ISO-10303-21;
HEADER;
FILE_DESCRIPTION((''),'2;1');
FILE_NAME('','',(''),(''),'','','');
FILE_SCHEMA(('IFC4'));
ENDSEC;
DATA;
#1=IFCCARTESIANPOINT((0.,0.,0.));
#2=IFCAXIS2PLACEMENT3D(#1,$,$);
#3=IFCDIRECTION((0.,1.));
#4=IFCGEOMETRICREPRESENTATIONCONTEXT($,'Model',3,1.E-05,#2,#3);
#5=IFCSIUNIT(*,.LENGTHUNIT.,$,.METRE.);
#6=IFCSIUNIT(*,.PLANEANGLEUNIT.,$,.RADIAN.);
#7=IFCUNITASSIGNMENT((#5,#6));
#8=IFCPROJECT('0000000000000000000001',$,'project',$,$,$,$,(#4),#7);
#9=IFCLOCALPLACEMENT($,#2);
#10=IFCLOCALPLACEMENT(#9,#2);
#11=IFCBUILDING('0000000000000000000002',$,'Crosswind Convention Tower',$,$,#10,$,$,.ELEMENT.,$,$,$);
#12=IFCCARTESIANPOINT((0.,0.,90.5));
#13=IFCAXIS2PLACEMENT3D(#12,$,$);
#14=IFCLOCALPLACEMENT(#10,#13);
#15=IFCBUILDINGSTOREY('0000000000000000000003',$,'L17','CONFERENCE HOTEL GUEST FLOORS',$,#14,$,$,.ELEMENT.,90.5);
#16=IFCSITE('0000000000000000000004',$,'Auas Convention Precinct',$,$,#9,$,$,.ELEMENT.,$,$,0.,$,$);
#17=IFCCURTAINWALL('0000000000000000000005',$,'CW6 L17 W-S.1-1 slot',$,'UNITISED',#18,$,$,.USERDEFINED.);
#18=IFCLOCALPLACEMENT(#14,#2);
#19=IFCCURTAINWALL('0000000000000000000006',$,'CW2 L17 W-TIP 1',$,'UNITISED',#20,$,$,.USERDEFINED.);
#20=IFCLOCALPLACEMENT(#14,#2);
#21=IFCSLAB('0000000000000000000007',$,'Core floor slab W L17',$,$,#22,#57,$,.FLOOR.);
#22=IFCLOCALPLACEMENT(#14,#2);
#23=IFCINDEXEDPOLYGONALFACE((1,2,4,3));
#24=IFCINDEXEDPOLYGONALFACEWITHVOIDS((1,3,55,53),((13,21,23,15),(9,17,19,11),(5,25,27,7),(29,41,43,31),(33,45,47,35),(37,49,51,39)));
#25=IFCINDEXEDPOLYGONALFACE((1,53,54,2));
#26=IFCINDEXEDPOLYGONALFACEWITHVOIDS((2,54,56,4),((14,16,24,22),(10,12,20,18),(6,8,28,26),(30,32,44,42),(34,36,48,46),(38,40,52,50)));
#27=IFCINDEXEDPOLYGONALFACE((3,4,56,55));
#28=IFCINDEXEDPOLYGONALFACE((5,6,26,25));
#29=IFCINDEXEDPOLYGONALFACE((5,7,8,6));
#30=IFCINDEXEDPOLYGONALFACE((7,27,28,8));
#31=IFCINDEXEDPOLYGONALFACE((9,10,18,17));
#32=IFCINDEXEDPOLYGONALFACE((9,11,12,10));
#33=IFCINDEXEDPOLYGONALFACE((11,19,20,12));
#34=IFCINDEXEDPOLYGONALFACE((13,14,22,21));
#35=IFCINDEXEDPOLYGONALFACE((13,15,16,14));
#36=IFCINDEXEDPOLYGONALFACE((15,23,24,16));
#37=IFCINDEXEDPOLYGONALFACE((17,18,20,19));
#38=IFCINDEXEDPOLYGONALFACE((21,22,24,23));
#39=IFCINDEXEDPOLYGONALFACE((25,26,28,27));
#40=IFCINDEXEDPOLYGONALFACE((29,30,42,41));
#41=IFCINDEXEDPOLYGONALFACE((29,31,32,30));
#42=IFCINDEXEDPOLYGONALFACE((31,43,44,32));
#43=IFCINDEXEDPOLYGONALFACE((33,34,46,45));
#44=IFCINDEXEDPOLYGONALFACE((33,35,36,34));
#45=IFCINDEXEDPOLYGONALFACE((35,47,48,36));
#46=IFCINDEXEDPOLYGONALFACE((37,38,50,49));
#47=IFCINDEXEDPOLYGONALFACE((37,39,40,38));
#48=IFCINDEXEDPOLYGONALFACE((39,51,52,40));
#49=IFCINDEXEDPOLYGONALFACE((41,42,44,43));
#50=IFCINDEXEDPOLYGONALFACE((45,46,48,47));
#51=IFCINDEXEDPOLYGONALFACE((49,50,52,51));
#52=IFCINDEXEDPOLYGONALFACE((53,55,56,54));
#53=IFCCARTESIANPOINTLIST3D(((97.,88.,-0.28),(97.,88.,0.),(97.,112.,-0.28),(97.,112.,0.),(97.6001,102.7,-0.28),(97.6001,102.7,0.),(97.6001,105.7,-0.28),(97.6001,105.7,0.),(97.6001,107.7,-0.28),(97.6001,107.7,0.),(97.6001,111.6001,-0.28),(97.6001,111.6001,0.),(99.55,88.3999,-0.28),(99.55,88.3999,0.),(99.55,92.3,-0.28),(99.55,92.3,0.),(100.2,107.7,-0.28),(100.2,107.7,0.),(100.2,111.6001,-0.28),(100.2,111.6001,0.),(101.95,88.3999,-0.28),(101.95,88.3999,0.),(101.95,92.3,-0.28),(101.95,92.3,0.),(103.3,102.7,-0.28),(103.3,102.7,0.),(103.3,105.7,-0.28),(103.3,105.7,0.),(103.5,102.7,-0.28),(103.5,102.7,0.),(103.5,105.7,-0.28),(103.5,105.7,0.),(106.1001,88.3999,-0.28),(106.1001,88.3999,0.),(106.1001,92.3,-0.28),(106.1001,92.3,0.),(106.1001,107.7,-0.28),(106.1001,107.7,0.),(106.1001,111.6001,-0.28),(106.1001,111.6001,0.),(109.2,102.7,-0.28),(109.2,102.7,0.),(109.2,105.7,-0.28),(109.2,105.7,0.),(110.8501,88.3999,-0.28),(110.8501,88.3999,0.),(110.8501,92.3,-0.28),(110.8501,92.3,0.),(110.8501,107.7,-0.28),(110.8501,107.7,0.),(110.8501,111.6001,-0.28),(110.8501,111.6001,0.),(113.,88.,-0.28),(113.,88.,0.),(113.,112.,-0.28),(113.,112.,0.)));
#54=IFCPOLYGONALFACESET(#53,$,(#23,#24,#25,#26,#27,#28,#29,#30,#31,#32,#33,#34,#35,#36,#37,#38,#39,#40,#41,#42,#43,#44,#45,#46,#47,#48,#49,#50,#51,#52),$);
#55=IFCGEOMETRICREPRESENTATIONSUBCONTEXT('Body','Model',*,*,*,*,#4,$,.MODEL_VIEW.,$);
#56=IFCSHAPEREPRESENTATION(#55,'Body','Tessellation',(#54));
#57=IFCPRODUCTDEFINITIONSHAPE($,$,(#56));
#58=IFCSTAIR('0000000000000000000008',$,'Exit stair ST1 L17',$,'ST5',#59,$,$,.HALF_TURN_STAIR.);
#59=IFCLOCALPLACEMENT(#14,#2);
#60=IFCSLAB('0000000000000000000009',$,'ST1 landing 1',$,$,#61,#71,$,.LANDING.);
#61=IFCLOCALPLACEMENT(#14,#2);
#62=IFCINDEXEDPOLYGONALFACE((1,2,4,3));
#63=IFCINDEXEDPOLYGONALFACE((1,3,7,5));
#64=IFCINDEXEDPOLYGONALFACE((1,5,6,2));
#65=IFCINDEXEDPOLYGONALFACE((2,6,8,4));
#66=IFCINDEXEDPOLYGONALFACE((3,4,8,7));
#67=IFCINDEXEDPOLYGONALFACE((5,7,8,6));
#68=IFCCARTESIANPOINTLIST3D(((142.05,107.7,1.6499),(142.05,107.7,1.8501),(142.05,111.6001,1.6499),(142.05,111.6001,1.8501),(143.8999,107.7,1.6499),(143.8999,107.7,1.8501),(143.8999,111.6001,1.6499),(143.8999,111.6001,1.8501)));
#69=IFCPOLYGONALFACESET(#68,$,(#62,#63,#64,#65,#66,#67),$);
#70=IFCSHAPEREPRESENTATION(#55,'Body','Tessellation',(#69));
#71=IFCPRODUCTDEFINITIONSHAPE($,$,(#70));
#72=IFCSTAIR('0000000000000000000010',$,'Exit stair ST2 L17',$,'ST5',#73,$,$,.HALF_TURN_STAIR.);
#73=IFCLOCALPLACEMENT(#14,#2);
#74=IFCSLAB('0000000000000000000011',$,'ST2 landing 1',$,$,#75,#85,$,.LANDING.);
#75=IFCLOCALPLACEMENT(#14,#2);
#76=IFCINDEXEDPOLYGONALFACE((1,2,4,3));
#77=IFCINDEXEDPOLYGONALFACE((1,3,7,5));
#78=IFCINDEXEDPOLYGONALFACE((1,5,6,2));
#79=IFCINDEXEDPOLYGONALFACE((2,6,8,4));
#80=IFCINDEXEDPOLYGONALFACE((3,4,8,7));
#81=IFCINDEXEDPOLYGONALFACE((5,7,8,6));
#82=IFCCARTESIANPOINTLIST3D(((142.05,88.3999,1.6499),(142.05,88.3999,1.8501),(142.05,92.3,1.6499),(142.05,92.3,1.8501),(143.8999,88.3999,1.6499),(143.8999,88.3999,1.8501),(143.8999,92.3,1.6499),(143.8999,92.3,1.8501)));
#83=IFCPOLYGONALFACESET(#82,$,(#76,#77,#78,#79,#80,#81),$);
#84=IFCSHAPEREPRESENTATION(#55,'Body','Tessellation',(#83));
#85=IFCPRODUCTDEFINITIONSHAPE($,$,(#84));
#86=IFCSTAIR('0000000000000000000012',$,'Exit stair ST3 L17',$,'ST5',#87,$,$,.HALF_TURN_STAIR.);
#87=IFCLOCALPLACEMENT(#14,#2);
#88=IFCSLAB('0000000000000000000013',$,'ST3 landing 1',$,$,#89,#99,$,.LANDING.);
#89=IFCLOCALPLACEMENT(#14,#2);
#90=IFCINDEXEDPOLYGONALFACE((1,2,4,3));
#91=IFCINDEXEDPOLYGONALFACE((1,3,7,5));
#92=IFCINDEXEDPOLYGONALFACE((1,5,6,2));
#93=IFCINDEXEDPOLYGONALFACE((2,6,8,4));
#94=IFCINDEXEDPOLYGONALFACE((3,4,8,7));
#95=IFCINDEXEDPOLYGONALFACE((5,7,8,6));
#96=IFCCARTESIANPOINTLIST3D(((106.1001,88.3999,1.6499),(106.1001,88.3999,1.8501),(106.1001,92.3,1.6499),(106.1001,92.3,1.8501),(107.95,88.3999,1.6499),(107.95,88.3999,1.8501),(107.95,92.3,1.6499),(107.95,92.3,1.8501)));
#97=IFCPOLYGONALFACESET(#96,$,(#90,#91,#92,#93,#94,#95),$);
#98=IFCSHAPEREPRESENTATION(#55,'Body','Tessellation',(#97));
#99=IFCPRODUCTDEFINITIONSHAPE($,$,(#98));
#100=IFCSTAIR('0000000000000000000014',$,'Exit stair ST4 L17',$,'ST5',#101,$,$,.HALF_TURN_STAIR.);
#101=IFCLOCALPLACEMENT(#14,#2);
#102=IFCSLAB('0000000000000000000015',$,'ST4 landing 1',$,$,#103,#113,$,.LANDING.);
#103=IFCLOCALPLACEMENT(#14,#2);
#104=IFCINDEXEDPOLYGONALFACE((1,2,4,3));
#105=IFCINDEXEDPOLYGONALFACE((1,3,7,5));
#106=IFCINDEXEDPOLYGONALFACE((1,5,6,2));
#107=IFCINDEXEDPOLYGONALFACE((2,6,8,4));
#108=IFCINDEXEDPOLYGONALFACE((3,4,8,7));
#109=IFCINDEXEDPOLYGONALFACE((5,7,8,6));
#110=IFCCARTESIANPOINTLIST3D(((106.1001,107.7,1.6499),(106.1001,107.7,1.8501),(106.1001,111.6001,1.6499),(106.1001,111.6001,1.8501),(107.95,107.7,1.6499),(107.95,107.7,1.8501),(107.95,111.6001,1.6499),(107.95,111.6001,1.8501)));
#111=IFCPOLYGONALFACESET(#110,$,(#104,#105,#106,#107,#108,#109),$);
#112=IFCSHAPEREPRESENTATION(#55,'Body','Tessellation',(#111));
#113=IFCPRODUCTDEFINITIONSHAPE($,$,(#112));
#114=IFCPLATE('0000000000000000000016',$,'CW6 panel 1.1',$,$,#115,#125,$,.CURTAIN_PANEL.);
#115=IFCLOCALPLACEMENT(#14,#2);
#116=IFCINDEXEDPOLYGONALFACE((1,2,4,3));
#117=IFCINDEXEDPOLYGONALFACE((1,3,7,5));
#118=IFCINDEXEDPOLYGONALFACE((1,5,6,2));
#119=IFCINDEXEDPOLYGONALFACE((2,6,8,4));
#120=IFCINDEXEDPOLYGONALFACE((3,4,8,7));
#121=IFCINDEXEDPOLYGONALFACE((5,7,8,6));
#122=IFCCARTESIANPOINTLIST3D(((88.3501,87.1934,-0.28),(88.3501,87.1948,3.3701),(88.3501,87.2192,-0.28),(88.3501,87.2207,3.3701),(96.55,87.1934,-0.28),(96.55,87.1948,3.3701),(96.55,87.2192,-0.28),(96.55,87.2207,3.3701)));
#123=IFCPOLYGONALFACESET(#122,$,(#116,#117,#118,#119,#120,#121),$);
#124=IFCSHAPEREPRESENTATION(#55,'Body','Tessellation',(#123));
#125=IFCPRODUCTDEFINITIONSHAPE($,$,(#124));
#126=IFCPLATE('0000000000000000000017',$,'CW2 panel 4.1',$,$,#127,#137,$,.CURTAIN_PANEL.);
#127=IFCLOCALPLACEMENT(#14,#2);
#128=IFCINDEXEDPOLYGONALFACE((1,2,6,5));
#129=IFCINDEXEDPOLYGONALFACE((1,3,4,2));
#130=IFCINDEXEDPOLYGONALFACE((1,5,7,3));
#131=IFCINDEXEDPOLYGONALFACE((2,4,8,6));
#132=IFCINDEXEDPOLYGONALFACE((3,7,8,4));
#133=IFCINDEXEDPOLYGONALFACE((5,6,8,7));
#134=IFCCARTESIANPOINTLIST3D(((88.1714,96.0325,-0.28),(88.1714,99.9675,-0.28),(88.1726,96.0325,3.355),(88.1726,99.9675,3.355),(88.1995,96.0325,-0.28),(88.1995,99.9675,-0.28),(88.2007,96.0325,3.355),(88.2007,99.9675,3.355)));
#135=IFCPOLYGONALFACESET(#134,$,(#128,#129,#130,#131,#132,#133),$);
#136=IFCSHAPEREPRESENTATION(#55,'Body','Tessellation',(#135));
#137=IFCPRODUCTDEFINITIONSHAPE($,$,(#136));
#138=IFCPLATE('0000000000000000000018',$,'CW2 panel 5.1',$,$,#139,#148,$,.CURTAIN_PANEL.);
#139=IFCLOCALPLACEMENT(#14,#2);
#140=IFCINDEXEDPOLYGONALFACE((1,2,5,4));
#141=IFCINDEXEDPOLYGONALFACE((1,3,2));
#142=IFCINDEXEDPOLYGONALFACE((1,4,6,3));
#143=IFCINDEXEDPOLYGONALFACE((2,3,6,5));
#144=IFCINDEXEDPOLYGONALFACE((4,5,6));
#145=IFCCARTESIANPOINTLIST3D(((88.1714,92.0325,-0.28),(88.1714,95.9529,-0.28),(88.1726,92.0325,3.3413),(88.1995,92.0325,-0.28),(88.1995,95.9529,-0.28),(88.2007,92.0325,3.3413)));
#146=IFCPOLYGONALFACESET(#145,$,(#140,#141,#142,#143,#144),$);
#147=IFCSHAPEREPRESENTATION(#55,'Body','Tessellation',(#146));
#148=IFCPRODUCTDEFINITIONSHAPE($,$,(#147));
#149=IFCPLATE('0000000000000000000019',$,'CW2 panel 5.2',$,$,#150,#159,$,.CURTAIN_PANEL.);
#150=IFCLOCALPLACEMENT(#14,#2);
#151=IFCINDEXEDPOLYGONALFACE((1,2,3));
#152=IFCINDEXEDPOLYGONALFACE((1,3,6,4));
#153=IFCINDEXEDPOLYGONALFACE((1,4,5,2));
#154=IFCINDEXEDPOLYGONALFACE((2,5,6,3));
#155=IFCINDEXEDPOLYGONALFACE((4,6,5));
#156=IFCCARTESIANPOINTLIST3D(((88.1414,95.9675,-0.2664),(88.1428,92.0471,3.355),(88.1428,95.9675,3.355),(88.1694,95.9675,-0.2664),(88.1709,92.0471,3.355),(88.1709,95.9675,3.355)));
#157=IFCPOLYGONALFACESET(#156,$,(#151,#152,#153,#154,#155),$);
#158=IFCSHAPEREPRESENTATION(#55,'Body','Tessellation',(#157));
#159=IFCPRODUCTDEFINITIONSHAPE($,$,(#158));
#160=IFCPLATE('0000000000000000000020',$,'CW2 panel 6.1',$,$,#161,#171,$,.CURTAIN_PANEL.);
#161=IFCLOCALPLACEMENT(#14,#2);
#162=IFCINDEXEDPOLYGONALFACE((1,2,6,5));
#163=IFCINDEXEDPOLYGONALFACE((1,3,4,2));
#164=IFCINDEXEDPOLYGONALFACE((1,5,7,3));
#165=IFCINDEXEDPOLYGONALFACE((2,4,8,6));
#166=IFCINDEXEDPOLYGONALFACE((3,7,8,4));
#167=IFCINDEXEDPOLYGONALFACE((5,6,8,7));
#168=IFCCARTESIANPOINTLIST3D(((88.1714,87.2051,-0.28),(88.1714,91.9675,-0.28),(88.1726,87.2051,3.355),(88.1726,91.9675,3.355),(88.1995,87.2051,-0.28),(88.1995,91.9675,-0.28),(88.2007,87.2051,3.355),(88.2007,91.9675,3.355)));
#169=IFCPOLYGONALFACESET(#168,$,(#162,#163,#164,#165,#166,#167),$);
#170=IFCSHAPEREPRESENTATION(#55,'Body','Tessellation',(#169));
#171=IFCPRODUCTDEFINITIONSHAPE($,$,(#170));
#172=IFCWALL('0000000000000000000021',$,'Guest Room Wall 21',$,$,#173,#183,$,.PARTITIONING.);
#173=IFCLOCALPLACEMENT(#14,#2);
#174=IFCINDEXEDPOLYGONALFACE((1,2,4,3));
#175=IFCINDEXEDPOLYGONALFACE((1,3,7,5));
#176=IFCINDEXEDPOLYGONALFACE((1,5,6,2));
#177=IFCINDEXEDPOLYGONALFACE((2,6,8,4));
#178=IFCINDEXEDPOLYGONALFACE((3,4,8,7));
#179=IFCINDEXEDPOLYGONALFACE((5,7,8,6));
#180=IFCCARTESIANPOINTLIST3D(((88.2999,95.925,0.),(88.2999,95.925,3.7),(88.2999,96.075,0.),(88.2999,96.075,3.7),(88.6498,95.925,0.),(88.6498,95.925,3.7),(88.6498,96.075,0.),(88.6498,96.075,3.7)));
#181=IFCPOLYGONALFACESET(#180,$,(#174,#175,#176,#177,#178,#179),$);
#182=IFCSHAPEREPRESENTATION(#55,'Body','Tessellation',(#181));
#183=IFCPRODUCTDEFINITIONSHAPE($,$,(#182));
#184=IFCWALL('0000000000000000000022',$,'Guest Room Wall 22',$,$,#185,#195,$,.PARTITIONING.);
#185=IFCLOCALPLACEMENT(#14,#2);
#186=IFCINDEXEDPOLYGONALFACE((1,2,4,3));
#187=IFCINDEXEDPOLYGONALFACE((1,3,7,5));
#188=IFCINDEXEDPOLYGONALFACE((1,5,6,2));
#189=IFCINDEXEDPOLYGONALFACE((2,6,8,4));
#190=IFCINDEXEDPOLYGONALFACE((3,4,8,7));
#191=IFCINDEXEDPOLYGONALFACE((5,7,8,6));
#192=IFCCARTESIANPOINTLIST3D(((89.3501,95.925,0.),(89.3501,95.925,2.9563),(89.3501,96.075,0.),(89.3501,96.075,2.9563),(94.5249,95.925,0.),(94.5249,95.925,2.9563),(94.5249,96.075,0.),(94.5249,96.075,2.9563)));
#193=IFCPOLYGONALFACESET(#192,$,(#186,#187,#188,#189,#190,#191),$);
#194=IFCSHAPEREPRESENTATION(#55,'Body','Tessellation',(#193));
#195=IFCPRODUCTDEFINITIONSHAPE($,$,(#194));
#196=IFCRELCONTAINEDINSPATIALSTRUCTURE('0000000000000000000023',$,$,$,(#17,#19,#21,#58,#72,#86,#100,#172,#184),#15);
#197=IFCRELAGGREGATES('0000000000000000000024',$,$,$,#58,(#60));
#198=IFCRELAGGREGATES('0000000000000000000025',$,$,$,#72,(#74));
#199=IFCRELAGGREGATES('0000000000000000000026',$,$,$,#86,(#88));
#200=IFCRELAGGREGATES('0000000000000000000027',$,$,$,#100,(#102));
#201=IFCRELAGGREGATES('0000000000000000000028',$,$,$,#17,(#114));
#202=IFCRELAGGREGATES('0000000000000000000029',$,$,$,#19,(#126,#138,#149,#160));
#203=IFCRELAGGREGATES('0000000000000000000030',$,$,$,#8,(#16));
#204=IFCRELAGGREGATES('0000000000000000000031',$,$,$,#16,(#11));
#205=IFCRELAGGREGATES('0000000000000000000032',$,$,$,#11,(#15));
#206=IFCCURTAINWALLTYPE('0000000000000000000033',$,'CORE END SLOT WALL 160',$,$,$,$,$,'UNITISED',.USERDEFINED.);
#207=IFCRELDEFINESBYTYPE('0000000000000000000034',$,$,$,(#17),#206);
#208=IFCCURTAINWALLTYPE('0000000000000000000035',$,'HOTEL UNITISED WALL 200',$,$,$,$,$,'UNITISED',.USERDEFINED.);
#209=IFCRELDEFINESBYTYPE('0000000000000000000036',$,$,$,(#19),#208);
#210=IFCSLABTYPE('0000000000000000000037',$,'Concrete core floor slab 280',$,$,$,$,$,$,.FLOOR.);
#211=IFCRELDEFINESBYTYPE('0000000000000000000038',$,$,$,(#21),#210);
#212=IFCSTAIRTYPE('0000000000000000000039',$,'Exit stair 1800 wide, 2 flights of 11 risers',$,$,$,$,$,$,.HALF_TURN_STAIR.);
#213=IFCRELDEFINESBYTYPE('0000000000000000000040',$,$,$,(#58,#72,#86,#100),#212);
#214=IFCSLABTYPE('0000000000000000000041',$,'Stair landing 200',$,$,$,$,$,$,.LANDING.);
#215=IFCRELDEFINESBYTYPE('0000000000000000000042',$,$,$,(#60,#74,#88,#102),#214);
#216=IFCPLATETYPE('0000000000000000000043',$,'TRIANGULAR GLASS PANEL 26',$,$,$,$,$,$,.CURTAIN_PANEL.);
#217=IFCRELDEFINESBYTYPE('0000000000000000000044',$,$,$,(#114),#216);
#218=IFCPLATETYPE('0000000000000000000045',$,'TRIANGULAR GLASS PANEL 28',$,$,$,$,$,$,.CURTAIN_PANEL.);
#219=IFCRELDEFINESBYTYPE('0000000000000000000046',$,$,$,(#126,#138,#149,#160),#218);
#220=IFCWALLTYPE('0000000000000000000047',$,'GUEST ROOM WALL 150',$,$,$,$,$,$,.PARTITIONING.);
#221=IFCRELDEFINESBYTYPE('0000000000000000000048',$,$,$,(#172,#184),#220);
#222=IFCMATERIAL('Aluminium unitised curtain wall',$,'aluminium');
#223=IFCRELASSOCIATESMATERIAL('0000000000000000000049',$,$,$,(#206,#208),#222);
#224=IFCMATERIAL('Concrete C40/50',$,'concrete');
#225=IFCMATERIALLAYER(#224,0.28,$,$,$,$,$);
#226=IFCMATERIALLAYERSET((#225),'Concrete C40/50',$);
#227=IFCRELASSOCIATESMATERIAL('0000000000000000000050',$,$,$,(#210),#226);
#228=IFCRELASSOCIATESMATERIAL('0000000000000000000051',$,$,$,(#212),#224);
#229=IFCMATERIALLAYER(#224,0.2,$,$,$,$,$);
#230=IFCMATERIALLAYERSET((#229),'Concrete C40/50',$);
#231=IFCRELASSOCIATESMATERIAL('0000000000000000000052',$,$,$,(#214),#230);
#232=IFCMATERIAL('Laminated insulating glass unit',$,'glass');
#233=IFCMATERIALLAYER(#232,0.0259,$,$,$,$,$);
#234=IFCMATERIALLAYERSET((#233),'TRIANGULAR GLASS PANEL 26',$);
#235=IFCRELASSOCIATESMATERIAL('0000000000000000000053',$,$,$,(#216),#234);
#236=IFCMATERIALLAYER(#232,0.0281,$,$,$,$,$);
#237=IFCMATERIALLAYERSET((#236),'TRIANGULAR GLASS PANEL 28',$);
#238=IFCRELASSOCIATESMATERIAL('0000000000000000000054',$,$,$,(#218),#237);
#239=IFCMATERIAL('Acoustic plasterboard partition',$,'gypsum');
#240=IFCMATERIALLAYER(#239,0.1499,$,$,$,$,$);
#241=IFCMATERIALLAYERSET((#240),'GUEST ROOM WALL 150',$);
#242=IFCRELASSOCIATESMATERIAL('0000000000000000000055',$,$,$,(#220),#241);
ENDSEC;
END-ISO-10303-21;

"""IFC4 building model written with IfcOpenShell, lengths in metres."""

from ifc_helpers import new_model, si_unit, direction, frame, frame_2d, origin, place, context, subcontext, project, spatial, polyline, rectangle, outline, extrude, material, layer, layer_set, type_object, element, aggregate, save


model = new_model("IFC4")

# Units and contexts
model_context = context("Model", 3, precision=1e-05, world=origin(), true_north=direction((0.0, 1.0)))
body_context = subcontext(model_context, "Body", "Model", "MODEL_VIEW")
ifc_project = project(units=[si_unit("LENGTHUNIT", "METRE"), si_unit("PLANEANGLEUNIT", "RADIAN")], contexts=[model_context])

# Site, building, storey
site_placement = place(None, origin())
site = spatial("IfcSite", under=ifc_project, at=site_placement, Name="Auas Convention Precinct", CompositionType="ELEMENT", RefElevation=0.0)
building_placement = place(site_placement, origin())
building = spatial("IfcBuilding", under=site, at=building_placement, Name="Crosswind Convention Tower", CompositionType="ELEMENT")
storey_placement = place(building_placement, frame((0.0, 0.0, 90.5)))
storey = spatial("IfcBuildingStorey", under=building, at=storey_placement, Name="L17", Description="CONFERENCE HOTEL GUEST FLOORS", CompositionType="ELEMENT", Elevation=90.5)

# Curtain wall
ifc_material_1 = material(Name="Aluminium unitised curtain wall", Category="aluminium")
curtain_wall_type_1 = type_object("IfcCurtainWallType", Name="CORE END SLOT WALL 160", ElementType="UNITISED", PredefinedType="USERDEFINED", material=ifc_material_1)
curtain_wall_1_placement = place(storey_placement, origin())
curtain_wall_1 = element("IfcCurtainWall", 1, at=curtain_wall_1_placement, inside=storey, type_object=curtain_wall_type_1, Name="CW6 L17 W-S.1-1 slot", ObjectType="UNITISED", PredefinedType="USERDEFINED")

# Curtain wall
curtain_wall_type_2 = type_object("IfcCurtainWallType", Name="HOTEL UNITISED WALL 200", ElementType="UNITISED", PredefinedType="USERDEFINED", material=ifc_material_1)
curtain_wall_2_placement = place(storey_placement, origin())
curtain_wall_2 = element("IfcCurtainWall", 2, at=curtain_wall_2_placement, inside=storey, type_object=curtain_wall_type_2, Name="CW2 L17 W-TIP 1", ObjectType="UNITISED", PredefinedType="USERDEFINED")

# Slab
ifc_material_2 = material(Name="Concrete C40/50", Category="concrete")
ifc_layer_1 = layer(ifc_material_2, 0.28)
ifc_layer_set_1 = layer_set([ifc_layer_1], Name="Concrete C40/50")
slab_type_1 = type_object("IfcSlabType", Name="Concrete core floor slab 280", PredefinedType="FLOOR", material=ifc_layer_set_1)
slab_1_placement = place(storey_placement, frame((0.0, 0.0, -0.28)))
element("IfcSlab", 3, at=slab_1_placement, inside=storey, type_object=slab_type_1, Name="Core floor slab W L17", PredefinedType="FLOOR", context=body_context, shape_type="SweptSolid", body=[
    extrude(outline(polyline([(97.0, 88.0), (113.0, 88.0), (113.0, 112.0), (97.0, 112.0), (97.0, 88.0)]), holes=[polyline([(109.2, 102.7), (109.2, 105.7), (103.5, 105.7), (103.5, 102.7), (109.2, 102.7)]), polyline([(103.3, 102.7), (103.3, 105.7), (97.6001, 105.7), (97.6001, 102.7), (103.3, 102.7)]), polyline([(101.95, 88.3999), (101.95, 92.3), (99.55, 92.3), (99.55, 88.3999), (101.95, 88.3999)]), polyline([(100.2, 107.7), (100.2, 111.6001), (97.6001, 111.6001), (97.6001, 107.7), (100.2, 107.7)]), polyline([(110.8501, 88.3999), (110.8501, 92.3), (106.1001, 92.3), (106.1001, 88.3999), (110.8501, 88.3999)]), polyline([(110.8501, 107.7), (110.8501, 111.6001), (106.1001, 111.6001), (106.1001, 107.7), (110.8501, 107.7)])]), origin(), (0.0, 0.0, 1.0), 0.28),
])

# Stairs, slabs
stair_type = type_object("IfcStairType", Name="Exit stair 1800 wide, 2 flights of 11 risers", PredefinedType="HALF_TURN_STAIR", material=ifc_material_2)
stair_1_placement = place(storey_placement, origin())
stair_1 = element("IfcStair", 4, at=stair_1_placement, inside=storey, type_object=stair_type, Name="Exit stair ST1 L17", ObjectType="ST5", PredefinedType="HALF_TURN_STAIR")
ifc_layer_2 = layer(ifc_material_2, 0.2)
ifc_layer_set_2 = layer_set([ifc_layer_2], Name="Concrete C40/50")
slab_type_2 = type_object("IfcSlabType", Name="Stair landing 200", PredefinedType="LANDING", material=ifc_layer_set_2)
slab_2_placement = place(storey_placement, frame((0.0, 0.0, 1.6499)))
slab_2 = element("IfcSlab", 5, at=slab_2_placement, type_object=slab_type_2, Name="ST1 landing 1", PredefinedType="LANDING", context=body_context, shape_type="SweptSolid", body=[
    extrude(outline(polyline([(143.8999, 107.7), (143.8999, 111.6001), (142.05, 111.6001), (142.05, 107.7), (143.8999, 107.7)])), origin(), (0.0, 0.0, 1.0), 0.2002),
])
aggregate(stair_1, [slab_2])
stair_2_placement = place(storey_placement, origin())
stair_2 = element("IfcStair", 6, at=stair_2_placement, inside=storey, type_object=stair_type, Name="Exit stair ST2 L17", ObjectType="ST5", PredefinedType="HALF_TURN_STAIR")
slab_3_placement = place(storey_placement, frame((0.0, 0.0, 1.6499)))
slab_3 = element("IfcSlab", 7, at=slab_3_placement, type_object=slab_type_2, Name="ST2 landing 1", PredefinedType="LANDING", context=body_context, shape_type="SweptSolid", body=[
    extrude(outline(polyline([(143.8999, 88.3999), (143.8999, 92.3), (142.05, 92.3), (142.05, 88.3999), (143.8999, 88.3999)])), origin(), (0.0, 0.0, 1.0), 0.2002),
])
aggregate(stair_2, [slab_3])
stair_3_placement = place(storey_placement, origin())
stair_3 = element("IfcStair", 8, at=stair_3_placement, inside=storey, type_object=stair_type, Name="Exit stair ST3 L17", ObjectType="ST5", PredefinedType="HALF_TURN_STAIR")
slab_4_placement = place(storey_placement, frame((0.0, 0.0, 1.6499)))
slab_4 = element("IfcSlab", 9, at=slab_4_placement, type_object=slab_type_2, Name="ST3 landing 1", PredefinedType="LANDING", context=body_context, shape_type="SweptSolid", body=[
    extrude(outline(polyline([(107.95, 88.3999), (107.95, 92.3), (106.1001, 92.3), (106.1001, 88.3999), (107.95, 88.3999)])), origin(), (0.0, 0.0, 1.0), 0.2002),
])
aggregate(stair_3, [slab_4])
stair_4_placement = place(storey_placement, origin())
stair_4 = element("IfcStair", 10, at=stair_4_placement, inside=storey, type_object=stair_type, Name="Exit stair ST4 L17", ObjectType="ST5", PredefinedType="HALF_TURN_STAIR")
slab_5_placement = place(storey_placement, frame((0.0, 0.0, 1.6499)))
slab_5 = element("IfcSlab", 11, at=slab_5_placement, type_object=slab_type_2, Name="ST4 landing 1", PredefinedType="LANDING", context=body_context, shape_type="SweptSolid", body=[
    extrude(outline(polyline([(107.95, 107.7), (107.95, 111.6001), (106.1001, 111.6001), (106.1001, 107.7), (107.95, 107.7)])), origin(), (0.0, 0.0, 1.0), 0.2002),
])
aggregate(stair_4, [slab_5])

# Plates
ifc_material_3 = material(Name="Laminated insulating glass unit", Category="glass")
ifc_layer_3 = layer(ifc_material_3, 0.0259)
ifc_layer_set_3 = layer_set([ifc_layer_3], Name="TRIANGULAR GLASS PANEL 26")
plate_type_1 = type_object("IfcPlateType", Name="TRIANGULAR GLASS PANEL 26", PredefinedType="CURTAIN_PANEL", material=ifc_layer_set_3)
plate_1_placement = place(storey_placement, frame((88.3501, 87.1934, -0.28), z_axis=(0.0, -1.0, 0.000401), x_axis=(1.0, 0.0, 0.0)))
plate_1 = element("IfcPlate", 12, at=plate_1_placement, type_object=plate_type_1, Name="CW6 panel 1.1", PredefinedType="CURTAIN_PANEL", context=body_context, shape_type="SweptSolid", body=[
    extrude(outline(polyline([(0.0, 0.0), (8.2, 0.0), (8.2, 3.6501), (0.0, 3.6501), (0.0, 0.0)])), origin(), (0.0, 0.0, -1.0), 0.0259),
])
aggregate(curtain_wall_1, [plate_1])
ifc_layer_4 = layer(ifc_material_3, 0.0281)
ifc_layer_set_4 = layer_set([ifc_layer_4], Name="TRIANGULAR GLASS PANEL 28")
plate_type_2 = type_object("IfcPlateType", Name="TRIANGULAR GLASS PANEL 28", PredefinedType="CURTAIN_PANEL", material=ifc_layer_set_4)
plate_2_placement = place(storey_placement, frame((88.1714, 99.9675, -0.28), z_axis=(-1.0, 0.0, 0.000336), x_axis=(0.0, -1.0, 0.0)))
plate_2 = element("IfcPlate", 13, at=plate_2_placement, type_object=plate_type_2, Name="CW2 panel 4.1", PredefinedType="CURTAIN_PANEL", context=body_context, shape_type="SweptSolid", body=[
    extrude(outline(polyline([(0.0, 0.0), (3.9351, 0.0), (3.9351, 3.635), (0.0, 3.635), (0.0, 0.0)])), origin(), (0.0, 0.0, -1.0), 0.0281),
])
plate_3_placement = place(storey_placement, frame((88.1714, 92.0325, -0.28), z_axis=(-1.0, 0.0, 0.000337), x_axis=(0.000337, 0.0, 1.0)))
plate_3 = element("IfcPlate", 14, at=plate_3_placement, type_object=plate_type_2, Name="CW2 panel 5.1", PredefinedType="CURTAIN_PANEL", context=body_context, shape_type="SweptSolid", body=[
    extrude(outline(polyline([(0.0, 0.0), (3.6213, 0.0), (0.0, 3.9204), (0.0, 0.0)])), origin(), (0.0, 0.0, -1.0), 0.0281),
])
plate_4_placement = place(storey_placement, frame((88.1428, 95.9675, 3.355), z_axis=(-1.0, 0.0, 0.000405), x_axis=(-0.000405, 0.0, -1.0)))
plate_4 = element("IfcPlate", 15, at=plate_4_placement, type_object=plate_type_2, Name="CW2 panel 5.2", PredefinedType="CURTAIN_PANEL", context=body_context, shape_type="SweptSolid", body=[
    extrude(outline(polyline([(0.0, 0.0), (3.6213, 0.0), (0.0, 3.9204), (0.0, 0.0)])), origin(), (0.0, 0.0, -1.0), 0.0281),
])
plate_5_placement = place(storey_placement, frame((88.1714, 91.9675, -0.28), z_axis=(-1.0, 0.0, 0.000336), x_axis=(0.0, -1.0, 0.0)))
plate_5 = element("IfcPlate", 16, at=plate_5_placement, type_object=plate_type_2, Name="CW2 panel 6.1", PredefinedType="CURTAIN_PANEL", context=body_context, shape_type="SweptSolid", body=[
    extrude(outline(polyline([(0.0, 0.0), (4.7625, 0.0), (4.7625, 3.635), (0.0, 3.635), (0.0, 0.0)])), origin(), (0.0, 0.0, -1.0), 0.0281),
])
aggregate(curtain_wall_2, [plate_2, plate_3, plate_4, plate_5])

# Walls
ifc_material_4 = material(Name="Acoustic plasterboard partition", Category="gypsum")
ifc_layer_5 = layer(ifc_material_4, 0.1499)
ifc_layer_set_5 = layer_set([ifc_layer_5], Name="GUEST ROOM WALL 150")
wall_type = type_object("IfcWallType", Name="GUEST ROOM WALL 150", PredefinedType="PARTITIONING", material=ifc_layer_set_5)
wall_1_placement = place(storey_placement, frame((88.3, 96.0, 0.0), z_axis=(0.0, 0.0, 1.0), x_axis=(1.0, 0.0, 0.0)))
element("IfcWall", 17, at=wall_1_placement, inside=storey, type_object=wall_type, Name="Guest Room Wall 21", PredefinedType="PARTITIONING", context=body_context, shape_type="SweptSolid", body=[
    extrude(rectangle(XDim=0.3499, YDim=0.1499, at=frame_2d((0.1748, 0.0))), origin(), (0.0, 0.0, 1.0), 3.7),
])
wall_2_placement = place(storey_placement, frame((89.3501, 96.0, 0.0), z_axis=(0.0, 0.0, 1.0), x_axis=(1.0, 0.0, 0.0)))
element("IfcWall", 18, at=wall_2_placement, inside=storey, type_object=wall_type, Name="Guest Room Wall 22", PredefinedType="PARTITIONING", context=body_context, shape_type="SweptSolid", body=[
    extrude(rectangle(XDim=5.1748, YDim=0.1499, at=frame_2d((2.5874, 0.0))), origin(), (0.0, 0.0, 1.0), 2.9563),
])

save(model, "model.ifc")
